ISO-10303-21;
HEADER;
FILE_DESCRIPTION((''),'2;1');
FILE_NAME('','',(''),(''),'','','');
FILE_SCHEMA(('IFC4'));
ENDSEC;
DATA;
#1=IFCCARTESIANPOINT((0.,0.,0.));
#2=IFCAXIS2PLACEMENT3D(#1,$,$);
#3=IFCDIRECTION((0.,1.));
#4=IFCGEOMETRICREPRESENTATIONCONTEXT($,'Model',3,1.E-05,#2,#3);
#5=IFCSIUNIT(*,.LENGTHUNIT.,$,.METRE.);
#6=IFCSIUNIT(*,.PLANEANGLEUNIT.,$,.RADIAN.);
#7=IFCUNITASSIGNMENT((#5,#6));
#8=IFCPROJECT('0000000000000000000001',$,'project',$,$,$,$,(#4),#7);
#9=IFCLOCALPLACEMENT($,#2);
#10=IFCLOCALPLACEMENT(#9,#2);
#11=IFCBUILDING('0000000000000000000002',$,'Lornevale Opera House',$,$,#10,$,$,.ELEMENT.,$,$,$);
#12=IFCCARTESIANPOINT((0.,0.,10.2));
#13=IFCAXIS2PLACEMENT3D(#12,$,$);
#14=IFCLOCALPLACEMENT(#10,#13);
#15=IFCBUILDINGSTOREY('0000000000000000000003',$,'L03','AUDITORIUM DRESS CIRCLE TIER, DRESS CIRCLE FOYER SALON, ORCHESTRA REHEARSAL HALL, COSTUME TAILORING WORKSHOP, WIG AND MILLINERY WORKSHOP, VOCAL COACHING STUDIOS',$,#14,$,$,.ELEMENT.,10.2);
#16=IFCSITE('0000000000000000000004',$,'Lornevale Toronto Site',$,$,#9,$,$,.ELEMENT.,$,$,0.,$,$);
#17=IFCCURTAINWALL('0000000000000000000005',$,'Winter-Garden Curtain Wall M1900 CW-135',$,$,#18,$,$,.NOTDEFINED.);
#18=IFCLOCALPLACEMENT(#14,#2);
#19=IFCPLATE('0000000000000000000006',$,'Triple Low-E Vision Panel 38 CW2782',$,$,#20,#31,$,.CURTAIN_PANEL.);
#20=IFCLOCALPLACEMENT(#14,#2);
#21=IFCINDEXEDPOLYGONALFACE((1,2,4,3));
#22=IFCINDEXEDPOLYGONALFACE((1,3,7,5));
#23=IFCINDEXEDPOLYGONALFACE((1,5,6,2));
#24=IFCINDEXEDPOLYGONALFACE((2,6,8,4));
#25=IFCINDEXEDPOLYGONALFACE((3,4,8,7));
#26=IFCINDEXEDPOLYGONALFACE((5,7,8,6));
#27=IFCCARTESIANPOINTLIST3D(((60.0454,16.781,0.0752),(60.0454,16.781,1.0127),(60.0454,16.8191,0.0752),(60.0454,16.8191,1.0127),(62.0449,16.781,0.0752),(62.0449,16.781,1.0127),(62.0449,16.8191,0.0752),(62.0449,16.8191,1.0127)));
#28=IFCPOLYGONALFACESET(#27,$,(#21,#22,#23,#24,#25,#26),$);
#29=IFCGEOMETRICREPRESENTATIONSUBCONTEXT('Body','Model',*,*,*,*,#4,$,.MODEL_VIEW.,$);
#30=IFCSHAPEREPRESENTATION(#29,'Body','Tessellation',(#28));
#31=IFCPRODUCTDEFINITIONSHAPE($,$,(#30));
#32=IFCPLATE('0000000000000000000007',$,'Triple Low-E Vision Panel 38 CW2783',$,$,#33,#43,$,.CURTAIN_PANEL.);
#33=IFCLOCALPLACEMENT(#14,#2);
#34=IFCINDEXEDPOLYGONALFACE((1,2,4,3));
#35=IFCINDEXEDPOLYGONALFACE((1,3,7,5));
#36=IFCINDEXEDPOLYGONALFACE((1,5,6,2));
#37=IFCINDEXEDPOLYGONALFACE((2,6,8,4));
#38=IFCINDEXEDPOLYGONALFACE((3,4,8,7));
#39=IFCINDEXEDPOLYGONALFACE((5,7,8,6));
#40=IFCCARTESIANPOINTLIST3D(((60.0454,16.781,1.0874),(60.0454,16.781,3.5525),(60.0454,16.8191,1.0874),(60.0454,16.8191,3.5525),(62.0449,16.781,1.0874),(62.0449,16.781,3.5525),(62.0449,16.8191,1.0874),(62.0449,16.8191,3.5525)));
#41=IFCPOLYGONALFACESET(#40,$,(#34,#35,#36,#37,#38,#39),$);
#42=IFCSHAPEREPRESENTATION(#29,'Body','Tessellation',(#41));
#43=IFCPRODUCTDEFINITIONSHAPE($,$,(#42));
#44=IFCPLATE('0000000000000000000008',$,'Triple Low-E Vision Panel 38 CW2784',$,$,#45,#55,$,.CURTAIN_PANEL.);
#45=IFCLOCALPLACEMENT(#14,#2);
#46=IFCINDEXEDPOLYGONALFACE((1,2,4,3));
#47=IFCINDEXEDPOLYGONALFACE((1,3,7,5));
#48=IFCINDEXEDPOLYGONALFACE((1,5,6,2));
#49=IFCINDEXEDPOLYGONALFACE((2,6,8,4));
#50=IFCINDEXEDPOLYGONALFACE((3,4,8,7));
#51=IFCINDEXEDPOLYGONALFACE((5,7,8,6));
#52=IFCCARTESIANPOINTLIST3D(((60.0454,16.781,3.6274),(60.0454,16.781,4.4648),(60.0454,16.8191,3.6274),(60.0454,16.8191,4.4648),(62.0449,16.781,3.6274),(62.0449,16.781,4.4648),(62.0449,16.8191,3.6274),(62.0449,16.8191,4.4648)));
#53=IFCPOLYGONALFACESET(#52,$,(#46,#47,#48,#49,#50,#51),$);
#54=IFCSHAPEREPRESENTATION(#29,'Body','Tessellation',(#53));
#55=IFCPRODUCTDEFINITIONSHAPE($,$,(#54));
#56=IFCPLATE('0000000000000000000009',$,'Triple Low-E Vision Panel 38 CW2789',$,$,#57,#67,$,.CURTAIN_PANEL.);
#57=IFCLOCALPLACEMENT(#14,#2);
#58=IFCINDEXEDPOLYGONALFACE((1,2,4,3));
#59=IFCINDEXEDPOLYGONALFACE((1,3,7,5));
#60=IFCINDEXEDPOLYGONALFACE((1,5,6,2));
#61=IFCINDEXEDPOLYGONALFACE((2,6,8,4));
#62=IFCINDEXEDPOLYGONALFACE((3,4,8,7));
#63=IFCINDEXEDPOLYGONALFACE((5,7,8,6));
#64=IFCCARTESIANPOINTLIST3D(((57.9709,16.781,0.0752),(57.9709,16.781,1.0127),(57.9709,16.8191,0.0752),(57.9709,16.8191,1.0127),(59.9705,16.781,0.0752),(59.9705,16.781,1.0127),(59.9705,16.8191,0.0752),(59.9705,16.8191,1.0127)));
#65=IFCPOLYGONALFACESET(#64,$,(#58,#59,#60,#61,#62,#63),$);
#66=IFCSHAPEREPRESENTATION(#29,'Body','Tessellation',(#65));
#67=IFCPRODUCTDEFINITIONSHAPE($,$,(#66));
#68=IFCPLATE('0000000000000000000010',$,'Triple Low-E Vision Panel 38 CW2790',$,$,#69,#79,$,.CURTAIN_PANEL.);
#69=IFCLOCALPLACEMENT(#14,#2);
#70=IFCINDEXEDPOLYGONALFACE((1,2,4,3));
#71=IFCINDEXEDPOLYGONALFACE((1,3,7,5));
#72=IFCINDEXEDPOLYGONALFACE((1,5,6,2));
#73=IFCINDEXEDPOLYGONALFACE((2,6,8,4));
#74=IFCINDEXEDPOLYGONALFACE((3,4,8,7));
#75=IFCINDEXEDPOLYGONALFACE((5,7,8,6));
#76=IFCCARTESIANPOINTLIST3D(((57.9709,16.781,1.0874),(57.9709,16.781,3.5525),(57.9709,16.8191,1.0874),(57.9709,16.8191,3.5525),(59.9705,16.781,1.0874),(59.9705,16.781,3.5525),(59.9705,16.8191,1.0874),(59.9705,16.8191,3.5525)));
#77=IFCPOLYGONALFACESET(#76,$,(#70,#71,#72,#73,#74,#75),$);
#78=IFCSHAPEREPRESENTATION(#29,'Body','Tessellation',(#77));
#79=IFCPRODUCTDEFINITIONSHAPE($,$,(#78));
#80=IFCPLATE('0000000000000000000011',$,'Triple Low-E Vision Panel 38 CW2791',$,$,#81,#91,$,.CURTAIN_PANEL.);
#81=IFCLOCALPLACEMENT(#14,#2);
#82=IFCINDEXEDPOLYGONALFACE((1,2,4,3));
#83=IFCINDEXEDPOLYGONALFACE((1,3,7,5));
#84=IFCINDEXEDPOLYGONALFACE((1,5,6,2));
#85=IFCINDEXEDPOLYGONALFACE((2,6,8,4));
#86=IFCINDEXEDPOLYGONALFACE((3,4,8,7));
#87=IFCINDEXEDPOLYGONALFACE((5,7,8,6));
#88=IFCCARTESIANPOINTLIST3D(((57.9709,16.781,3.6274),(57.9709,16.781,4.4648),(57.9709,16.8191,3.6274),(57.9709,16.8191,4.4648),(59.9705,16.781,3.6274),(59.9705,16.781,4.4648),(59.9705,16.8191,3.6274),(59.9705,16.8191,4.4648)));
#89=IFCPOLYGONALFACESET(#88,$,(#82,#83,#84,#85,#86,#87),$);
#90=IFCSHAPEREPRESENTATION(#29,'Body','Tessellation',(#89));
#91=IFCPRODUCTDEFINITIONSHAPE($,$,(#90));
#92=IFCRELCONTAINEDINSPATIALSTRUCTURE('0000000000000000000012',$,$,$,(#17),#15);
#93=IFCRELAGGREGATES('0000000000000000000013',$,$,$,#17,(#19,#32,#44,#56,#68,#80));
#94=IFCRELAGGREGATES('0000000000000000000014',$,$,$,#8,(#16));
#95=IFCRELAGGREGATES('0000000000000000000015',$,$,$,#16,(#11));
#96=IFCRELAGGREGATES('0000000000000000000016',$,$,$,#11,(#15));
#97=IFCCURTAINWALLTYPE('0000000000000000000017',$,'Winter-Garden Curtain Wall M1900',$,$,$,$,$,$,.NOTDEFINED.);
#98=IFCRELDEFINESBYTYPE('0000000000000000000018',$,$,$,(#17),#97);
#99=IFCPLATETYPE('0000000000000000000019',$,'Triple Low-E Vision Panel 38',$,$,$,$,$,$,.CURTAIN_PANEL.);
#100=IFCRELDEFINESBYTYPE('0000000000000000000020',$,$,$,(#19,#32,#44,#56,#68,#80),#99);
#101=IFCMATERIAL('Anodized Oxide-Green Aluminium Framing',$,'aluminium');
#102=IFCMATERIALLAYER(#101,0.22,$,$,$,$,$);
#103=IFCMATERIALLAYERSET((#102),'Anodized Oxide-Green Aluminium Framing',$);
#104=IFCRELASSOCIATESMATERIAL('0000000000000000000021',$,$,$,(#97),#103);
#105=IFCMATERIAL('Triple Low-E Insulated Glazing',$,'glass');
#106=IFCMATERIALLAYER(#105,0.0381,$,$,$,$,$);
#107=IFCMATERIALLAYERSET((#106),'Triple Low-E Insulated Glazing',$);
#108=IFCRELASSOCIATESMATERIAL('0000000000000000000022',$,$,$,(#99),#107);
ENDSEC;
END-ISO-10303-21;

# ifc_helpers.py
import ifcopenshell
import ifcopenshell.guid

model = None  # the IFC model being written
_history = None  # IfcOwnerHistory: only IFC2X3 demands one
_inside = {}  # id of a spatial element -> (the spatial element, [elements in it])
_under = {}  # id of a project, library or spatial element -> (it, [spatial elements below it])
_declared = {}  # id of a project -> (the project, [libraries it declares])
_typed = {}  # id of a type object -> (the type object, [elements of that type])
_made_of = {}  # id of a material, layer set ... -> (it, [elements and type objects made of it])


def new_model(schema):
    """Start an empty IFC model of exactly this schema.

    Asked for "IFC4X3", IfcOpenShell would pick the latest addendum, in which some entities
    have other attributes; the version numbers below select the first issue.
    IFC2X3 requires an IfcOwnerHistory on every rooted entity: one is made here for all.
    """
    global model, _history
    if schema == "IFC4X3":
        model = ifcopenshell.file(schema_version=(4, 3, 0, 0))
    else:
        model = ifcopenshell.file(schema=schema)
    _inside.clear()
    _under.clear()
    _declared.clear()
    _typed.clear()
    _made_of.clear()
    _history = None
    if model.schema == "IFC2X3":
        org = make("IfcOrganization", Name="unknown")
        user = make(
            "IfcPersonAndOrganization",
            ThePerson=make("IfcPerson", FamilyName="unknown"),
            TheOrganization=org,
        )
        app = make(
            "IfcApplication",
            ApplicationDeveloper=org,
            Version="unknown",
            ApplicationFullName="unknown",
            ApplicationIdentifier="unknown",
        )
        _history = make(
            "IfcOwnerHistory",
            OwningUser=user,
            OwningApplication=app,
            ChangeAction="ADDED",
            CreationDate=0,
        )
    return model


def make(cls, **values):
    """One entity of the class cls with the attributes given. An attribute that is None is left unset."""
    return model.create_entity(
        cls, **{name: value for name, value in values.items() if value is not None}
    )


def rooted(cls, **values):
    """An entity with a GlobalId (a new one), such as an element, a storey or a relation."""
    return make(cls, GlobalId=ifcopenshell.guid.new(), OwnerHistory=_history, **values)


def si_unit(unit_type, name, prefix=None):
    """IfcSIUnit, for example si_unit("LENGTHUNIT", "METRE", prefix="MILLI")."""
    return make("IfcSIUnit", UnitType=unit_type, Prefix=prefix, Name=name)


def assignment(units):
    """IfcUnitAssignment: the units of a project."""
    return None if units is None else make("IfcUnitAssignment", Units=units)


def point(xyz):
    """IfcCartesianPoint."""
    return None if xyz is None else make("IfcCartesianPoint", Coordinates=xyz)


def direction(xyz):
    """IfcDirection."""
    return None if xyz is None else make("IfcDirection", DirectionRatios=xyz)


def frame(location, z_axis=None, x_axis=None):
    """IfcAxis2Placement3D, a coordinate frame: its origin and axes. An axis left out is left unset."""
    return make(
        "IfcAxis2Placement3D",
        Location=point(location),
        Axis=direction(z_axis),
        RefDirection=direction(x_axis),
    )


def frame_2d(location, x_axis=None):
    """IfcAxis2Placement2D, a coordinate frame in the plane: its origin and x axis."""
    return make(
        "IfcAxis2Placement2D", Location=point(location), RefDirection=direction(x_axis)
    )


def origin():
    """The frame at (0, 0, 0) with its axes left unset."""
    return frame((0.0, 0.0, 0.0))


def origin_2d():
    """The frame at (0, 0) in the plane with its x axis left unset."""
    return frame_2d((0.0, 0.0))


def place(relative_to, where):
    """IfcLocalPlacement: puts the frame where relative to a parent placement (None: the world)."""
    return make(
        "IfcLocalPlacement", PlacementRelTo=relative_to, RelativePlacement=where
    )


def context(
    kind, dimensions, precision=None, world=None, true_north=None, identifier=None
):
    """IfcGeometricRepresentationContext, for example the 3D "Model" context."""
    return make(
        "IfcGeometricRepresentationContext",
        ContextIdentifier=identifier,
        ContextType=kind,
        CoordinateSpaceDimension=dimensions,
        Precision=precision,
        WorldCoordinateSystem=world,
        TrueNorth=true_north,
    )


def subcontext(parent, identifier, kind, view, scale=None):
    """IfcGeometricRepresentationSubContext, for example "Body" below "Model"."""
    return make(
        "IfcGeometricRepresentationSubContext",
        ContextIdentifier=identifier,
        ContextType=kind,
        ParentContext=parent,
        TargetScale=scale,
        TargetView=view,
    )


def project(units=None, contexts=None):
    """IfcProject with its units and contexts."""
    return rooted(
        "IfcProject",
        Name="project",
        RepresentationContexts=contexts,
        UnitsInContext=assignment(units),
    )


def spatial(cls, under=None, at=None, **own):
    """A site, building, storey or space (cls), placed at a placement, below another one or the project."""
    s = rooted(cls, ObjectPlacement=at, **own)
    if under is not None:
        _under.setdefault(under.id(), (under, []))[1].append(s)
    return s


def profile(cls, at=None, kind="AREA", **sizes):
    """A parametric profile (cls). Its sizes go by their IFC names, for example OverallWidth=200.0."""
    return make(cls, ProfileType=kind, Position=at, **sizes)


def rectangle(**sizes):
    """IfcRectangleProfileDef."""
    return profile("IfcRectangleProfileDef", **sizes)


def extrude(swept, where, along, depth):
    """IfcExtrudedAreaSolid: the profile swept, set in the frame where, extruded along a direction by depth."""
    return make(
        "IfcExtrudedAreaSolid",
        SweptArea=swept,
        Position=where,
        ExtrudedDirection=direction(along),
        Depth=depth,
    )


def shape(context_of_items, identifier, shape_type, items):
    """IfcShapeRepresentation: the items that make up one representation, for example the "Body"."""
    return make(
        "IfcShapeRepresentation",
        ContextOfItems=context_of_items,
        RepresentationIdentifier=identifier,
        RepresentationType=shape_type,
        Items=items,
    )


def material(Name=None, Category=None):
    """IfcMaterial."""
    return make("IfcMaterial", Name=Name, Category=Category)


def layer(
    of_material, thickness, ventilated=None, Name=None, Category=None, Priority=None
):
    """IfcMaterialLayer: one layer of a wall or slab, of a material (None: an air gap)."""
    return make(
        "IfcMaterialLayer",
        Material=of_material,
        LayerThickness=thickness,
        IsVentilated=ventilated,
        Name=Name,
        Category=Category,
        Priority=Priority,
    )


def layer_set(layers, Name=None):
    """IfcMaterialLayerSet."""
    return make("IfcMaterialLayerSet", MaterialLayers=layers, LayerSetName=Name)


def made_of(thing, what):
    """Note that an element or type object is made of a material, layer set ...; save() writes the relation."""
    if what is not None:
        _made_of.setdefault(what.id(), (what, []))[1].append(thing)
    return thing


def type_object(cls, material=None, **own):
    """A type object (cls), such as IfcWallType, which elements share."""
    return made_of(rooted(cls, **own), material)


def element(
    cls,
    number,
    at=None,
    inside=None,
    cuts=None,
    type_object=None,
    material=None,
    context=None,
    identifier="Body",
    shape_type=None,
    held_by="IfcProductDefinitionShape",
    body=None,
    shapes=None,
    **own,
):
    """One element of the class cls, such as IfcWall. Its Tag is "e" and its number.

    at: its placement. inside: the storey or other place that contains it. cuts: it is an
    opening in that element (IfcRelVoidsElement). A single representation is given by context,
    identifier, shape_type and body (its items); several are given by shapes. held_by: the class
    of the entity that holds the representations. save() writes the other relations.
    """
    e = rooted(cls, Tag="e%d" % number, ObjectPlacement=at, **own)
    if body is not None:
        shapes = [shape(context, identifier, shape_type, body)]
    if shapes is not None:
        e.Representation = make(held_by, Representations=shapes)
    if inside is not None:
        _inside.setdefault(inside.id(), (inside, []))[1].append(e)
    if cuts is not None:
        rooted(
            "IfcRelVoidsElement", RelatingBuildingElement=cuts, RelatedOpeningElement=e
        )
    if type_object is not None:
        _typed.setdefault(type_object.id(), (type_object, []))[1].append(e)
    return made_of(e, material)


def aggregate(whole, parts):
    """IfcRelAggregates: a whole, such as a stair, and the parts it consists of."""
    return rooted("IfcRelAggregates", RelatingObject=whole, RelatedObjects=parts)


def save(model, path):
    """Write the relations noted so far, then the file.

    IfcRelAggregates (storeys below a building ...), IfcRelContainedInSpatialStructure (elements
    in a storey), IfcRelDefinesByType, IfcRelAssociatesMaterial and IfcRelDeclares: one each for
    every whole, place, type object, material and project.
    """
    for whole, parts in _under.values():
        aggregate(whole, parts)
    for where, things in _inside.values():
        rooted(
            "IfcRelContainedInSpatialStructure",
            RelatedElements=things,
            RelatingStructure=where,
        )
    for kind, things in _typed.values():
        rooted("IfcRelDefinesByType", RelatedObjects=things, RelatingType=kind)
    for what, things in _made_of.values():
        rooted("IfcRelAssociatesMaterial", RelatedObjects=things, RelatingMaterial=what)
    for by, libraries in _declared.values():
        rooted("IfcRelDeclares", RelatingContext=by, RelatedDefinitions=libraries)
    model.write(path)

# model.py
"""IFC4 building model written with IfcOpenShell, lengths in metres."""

from ifc_helpers import new_model, si_unit, direction, frame, origin, origin_2d, place, context, subcontext, project, spatial, rectangle, extrude, material, layer, layer_set, type_object, element, aggregate, save


model = new_model("IFC4")

# Units and contexts
model_context = context("Model", 3, precision=1e-05, world=origin(), true_north=direction((0.0, 1.0)))
body_context = subcontext(model_context, "Body", "Model", "MODEL_VIEW")
ifc_project = project(units=[si_unit("LENGTHUNIT", "METRE"), si_unit("PLANEANGLEUNIT", "RADIAN")], contexts=[model_context])

# Site, building, storey
site_placement = place(None, origin())
site = spatial("IfcSite", under=ifc_project, at=site_placement, Name="Lornevale Toronto Site", CompositionType="ELEMENT", RefElevation=0.0)
building_placement = place(site_placement, origin())
building = spatial("IfcBuilding", under=site, at=building_placement, Name="Lornevale Opera House", CompositionType="ELEMENT")
storey_placement = place(building_placement, frame((0.0, 0.0, 10.2)))
storey = spatial("IfcBuildingStorey", under=building, at=storey_placement, Name="L03", Description="AUDITORIUM DRESS CIRCLE TIER, DRESS CIRCLE FOYER SALON, ORCHESTRA REHEARSAL HALL, COSTUME TAILORING WORKSHOP, WIG AND MILLINERY WORKSHOP, VOCAL COACHING STUDIOS", CompositionType="ELEMENT", Elevation=10.2)

# Shared definitions
ifc_material_1 = material(Name="Anodized Oxide-Green Aluminium Framing", Category="aluminium")
ifc_layer_1 = layer(ifc_material_1, 0.22)
ifc_layer_set_1 = layer_set([ifc_layer_1], Name="Anodized Oxide-Green Aluminium Framing")
curtain_wall_type = type_object("IfcCurtainWallType", Name="Winter-Garden Curtain Wall M1900", PredefinedType="NOTDEFINED", material=ifc_layer_set_1)

# Curtain wall
curtain_wall_1_placement = place(storey_placement, origin())
curtain_wall_1 = element("IfcCurtainWall", 1, at=curtain_wall_1_placement, inside=storey, type_object=curtain_wall_type, Name="Winter-Garden Curtain Wall M1900 CW-135", PredefinedType="NOTDEFINED")

# Plates
ifc_material_2 = material(Name="Triple Low-E Insulated Glazing", Category="glass")
ifc_layer_2 = layer(ifc_material_2, 0.0381)
ifc_layer_set_2 = layer_set([ifc_layer_2], Name="Triple Low-E Insulated Glazing")
plate_type = type_object("IfcPlateType", Name="Triple Low-E Vision Panel 38", PredefinedType="CURTAIN_PANEL", material=ifc_layer_set_2)
plate_1_placement = place(storey_placement, frame((61.0452, 16.8, 0.0752), z_axis=(0.0, 0.0, 1.0), x_axis=(-1.0, 0.0, 0.0)))
plate_1 = element("IfcPlate", 2, at=plate_1_placement, type_object=plate_type, Name="Triple Low-E Vision Panel 38 CW2782", PredefinedType="CURTAIN_PANEL", context=body_context, shape_type="SweptSolid", body=[
    extrude(rectangle(XDim=1.9995, YDim=0.0381, at=origin_2d()), origin(), (0.0, 0.0, 1.0), 0.9375),
])
plate_2_placement = place(storey_placement, frame((61.0452, 16.8, 1.0874), z_axis=(0.0, 0.0, 1.0), x_axis=(-1.0, 0.0, 0.0)))
plate_2 = element("IfcPlate", 3, at=plate_2_placement, type_object=plate_type, Name="Triple Low-E Vision Panel 38 CW2783", PredefinedType="CURTAIN_PANEL", context=body_context, shape_type="SweptSolid", body=[
    extrude(rectangle(XDim=1.9995, YDim=0.0381, at=origin_2d()), origin(), (0.0, 0.0, 1.0), 2.4651),
])
plate_3_placement = place(storey_placement, frame((61.0452, 16.8, 3.6274), z_axis=(0.0, 0.0, 1.0), x_axis=(-1.0, 0.0, 0.0)))
plate_3 = element("IfcPlate", 4, at=plate_3_placement, type_object=plate_type, Name="Triple Low-E Vision Panel 38 CW2784", PredefinedType="CURTAIN_PANEL", context=body_context, shape_type="SweptSolid", body=[
    extrude(rectangle(XDim=1.9995, YDim=0.0381, at=origin_2d()), origin(), (0.0, 0.0, 1.0), 0.8374),
])
plate_4_placement = place(storey_placement, frame((58.9707, 16.8, 0.0752), z_axis=(0.0, 0.0, 1.0), x_axis=(-1.0, 0.0, 0.0)))
plate_4 = element("IfcPlate", 5, at=plate_4_placement, type_object=plate_type, Name="Triple Low-E Vision Panel 38 CW2789", PredefinedType="CURTAIN_PANEL", context=body_context, shape_type="SweptSolid", body=[
    extrude(rectangle(XDim=1.9995, YDim=0.0381, at=origin_2d()), origin(), (0.0, 0.0, 1.0), 0.9375),
])
plate_5_placement = place(storey_placement, frame((58.9707, 16.8, 1.0874), z_axis=(0.0, 0.0, 1.0), x_axis=(-1.0, 0.0, 0.0)))
plate_5 = element("IfcPlate", 6, at=plate_5_placement, type_object=plate_type, Name="Triple Low-E Vision Panel 38 CW2790", PredefinedType="CURTAIN_PANEL", context=body_context, shape_type="SweptSolid", body=[
    extrude(rectangle(XDim=1.9995, YDim=0.0381, at=origin_2d()), origin(), (0.0, 0.0, 1.0), 2.4651),
])
plate_6_placement = place(storey_placement, frame((58.9707, 16.8, 3.6274), z_axis=(0.0, 0.0, 1.0), x_axis=(-1.0, 0.0, 0.0)))
plate_6 = element("IfcPlate", 7, at=plate_6_placement, type_object=plate_type, Name="Triple Low-E Vision Panel 38 CW2791", PredefinedType="CURTAIN_PANEL", context=body_context, shape_type="SweptSolid", body=[
    extrude(rectangle(XDim=1.9995, YDim=0.0381, at=origin_2d()), origin(), (0.0, 0.0, 1.0), 0.8374),
])
aggregate(curtain_wall_1, [plate_1, plate_2, plate_3, plate_4, plate_5, plate_6])

save(model, "model.ifc")
